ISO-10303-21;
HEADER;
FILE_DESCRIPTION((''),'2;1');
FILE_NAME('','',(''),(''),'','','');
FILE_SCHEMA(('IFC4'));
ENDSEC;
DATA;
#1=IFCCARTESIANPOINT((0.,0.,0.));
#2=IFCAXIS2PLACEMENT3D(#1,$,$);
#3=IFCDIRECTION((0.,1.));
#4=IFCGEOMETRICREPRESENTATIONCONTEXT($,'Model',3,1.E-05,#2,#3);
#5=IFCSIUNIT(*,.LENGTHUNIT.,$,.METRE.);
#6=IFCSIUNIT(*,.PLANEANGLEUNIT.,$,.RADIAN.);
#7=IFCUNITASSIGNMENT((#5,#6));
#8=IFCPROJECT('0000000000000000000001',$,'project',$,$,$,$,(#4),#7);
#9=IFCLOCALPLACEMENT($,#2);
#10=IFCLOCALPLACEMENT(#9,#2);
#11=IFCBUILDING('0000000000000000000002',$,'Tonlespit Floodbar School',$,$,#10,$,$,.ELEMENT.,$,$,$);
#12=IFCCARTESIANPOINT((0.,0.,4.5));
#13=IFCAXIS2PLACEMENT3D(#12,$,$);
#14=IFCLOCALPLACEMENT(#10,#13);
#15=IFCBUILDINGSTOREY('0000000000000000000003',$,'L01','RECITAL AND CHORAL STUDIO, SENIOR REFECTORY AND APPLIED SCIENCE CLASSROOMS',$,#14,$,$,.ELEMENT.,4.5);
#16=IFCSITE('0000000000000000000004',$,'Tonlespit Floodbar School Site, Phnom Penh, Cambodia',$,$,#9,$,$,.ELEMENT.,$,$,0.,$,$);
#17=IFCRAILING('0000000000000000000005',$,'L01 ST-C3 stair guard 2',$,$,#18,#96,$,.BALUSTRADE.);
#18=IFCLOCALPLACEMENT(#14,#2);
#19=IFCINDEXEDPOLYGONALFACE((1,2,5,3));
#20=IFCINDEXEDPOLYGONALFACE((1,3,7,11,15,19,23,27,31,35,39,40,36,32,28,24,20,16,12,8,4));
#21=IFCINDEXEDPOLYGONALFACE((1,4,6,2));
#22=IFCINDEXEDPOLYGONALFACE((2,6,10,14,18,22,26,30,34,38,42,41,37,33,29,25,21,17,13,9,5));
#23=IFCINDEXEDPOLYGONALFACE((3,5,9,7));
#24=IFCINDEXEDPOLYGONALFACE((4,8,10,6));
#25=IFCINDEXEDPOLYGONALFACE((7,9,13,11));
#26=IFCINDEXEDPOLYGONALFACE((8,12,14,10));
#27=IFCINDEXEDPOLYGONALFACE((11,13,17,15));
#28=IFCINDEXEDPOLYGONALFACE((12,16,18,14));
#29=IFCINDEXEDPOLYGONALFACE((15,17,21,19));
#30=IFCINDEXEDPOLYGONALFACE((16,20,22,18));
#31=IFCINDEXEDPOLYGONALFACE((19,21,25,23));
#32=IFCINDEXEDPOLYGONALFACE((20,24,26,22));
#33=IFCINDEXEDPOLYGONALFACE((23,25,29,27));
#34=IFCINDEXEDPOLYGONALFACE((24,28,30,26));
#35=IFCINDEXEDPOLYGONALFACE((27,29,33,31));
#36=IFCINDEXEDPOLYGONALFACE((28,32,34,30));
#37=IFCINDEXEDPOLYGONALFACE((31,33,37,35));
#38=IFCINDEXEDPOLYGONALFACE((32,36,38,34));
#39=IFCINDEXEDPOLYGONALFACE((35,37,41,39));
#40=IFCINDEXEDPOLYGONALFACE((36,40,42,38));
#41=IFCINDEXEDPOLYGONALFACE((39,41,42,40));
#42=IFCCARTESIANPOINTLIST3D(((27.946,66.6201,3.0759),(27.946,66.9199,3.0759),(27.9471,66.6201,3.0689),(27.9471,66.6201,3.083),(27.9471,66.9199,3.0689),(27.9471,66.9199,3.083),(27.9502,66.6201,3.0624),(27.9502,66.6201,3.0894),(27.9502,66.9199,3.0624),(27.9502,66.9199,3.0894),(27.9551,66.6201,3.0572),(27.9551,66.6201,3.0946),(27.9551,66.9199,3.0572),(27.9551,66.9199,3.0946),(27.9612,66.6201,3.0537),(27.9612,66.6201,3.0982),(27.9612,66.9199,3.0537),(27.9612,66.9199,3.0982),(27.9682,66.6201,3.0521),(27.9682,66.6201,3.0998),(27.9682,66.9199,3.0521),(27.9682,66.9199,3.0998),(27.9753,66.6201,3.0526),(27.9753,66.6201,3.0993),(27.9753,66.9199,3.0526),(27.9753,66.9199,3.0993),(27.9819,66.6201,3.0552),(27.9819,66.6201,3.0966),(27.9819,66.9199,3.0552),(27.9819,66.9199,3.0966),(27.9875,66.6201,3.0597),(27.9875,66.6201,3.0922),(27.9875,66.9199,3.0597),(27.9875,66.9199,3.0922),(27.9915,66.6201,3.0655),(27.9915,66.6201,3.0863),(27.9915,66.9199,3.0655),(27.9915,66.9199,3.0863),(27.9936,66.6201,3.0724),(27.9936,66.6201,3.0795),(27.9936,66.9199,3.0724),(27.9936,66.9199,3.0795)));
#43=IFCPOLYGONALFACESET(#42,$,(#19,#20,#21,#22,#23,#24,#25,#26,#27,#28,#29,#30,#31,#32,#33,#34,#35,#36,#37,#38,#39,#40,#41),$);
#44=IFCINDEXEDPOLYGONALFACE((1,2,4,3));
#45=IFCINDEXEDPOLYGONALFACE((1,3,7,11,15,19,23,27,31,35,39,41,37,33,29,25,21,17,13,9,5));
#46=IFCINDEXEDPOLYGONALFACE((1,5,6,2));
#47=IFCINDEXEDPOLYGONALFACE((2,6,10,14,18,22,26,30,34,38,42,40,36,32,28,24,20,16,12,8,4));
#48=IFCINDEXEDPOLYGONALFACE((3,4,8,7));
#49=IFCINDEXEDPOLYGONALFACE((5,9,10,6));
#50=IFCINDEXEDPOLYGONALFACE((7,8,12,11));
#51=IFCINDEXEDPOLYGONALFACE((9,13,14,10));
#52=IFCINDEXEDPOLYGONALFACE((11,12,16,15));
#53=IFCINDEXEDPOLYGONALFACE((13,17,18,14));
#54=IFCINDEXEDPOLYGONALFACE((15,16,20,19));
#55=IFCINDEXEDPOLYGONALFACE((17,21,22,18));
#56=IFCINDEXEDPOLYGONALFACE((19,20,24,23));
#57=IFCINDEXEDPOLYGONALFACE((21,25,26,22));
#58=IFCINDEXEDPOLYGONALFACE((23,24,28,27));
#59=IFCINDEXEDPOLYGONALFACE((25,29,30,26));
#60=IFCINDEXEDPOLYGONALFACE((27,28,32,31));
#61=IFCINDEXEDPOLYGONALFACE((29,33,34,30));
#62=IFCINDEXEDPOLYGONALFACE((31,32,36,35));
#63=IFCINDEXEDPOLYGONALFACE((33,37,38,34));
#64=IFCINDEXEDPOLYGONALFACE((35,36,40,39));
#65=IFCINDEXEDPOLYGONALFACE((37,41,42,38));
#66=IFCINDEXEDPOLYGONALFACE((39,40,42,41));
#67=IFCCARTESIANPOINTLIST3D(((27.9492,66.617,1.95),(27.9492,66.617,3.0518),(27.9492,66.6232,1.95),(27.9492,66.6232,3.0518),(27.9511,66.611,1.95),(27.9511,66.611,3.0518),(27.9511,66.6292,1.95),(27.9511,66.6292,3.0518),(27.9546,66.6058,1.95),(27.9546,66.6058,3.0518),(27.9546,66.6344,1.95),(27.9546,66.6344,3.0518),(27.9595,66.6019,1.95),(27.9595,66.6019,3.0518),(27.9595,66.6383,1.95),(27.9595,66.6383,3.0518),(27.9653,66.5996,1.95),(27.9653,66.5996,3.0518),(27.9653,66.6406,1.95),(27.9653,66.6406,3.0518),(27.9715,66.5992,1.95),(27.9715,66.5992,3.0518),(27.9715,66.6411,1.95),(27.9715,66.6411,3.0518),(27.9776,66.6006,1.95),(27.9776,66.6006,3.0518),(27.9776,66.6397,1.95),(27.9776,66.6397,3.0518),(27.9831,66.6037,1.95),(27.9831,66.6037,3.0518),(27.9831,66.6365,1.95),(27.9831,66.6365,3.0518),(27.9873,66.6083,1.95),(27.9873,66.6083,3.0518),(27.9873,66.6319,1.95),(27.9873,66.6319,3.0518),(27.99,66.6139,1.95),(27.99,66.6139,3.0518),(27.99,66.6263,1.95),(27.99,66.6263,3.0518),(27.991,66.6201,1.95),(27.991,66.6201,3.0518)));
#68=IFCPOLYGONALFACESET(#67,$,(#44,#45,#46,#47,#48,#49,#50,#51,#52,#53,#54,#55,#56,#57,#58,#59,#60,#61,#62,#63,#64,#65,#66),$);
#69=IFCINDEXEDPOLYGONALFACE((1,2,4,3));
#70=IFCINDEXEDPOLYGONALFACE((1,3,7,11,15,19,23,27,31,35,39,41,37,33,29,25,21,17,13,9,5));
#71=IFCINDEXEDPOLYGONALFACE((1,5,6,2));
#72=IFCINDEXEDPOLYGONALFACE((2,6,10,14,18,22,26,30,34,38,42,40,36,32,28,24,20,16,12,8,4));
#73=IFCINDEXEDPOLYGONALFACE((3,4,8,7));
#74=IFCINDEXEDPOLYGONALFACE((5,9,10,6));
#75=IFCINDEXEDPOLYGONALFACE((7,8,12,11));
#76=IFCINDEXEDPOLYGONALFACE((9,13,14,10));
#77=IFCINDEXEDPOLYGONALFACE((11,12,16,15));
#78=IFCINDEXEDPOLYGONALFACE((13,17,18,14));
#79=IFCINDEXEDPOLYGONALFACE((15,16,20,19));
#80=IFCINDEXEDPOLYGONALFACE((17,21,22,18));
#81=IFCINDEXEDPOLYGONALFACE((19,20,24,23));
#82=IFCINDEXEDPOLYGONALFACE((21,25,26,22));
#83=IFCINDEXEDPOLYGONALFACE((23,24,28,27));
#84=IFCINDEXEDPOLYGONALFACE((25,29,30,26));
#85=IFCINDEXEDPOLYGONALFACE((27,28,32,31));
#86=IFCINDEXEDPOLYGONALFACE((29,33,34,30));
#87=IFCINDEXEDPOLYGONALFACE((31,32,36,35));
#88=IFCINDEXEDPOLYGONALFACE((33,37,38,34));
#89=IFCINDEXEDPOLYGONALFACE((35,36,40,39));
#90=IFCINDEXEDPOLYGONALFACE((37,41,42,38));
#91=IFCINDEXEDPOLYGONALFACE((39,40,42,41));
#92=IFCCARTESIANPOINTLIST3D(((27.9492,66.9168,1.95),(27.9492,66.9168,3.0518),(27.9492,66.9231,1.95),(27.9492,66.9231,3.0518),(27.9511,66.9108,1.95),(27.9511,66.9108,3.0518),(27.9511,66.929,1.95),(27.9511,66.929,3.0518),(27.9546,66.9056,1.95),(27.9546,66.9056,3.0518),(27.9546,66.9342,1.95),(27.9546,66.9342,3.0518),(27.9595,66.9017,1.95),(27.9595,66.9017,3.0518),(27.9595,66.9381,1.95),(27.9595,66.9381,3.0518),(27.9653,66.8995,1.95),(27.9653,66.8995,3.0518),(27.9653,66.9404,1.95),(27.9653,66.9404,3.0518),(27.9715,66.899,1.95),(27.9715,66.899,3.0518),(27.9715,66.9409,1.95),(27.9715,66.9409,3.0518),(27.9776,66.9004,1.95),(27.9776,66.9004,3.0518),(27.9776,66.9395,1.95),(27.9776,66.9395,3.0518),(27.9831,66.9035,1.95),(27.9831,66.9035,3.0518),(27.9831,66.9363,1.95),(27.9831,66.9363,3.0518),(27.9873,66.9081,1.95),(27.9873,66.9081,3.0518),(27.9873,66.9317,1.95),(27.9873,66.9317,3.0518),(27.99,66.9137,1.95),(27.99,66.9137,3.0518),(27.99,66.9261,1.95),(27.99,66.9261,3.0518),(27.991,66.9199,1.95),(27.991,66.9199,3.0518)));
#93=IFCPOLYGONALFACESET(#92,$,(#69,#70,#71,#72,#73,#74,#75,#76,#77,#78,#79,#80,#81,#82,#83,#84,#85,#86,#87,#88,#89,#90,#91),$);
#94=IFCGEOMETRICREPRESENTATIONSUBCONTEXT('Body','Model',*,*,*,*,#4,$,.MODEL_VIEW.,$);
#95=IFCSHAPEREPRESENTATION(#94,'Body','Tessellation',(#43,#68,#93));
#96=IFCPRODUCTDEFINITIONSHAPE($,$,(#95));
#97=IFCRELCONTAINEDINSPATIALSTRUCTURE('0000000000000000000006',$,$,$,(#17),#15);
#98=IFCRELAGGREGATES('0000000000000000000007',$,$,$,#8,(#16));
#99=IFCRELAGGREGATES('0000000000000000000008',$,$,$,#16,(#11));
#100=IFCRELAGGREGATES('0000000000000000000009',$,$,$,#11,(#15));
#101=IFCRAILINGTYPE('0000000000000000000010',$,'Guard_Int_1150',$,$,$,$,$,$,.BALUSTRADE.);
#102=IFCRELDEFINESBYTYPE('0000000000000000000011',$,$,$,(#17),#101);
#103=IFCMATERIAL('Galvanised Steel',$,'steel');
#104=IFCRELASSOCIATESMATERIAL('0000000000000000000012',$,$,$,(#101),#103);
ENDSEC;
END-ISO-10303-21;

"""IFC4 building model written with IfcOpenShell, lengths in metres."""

from ifc_helpers import new_model, si_unit, direction, frame, origin, origin_2d, place, context, subcontext, project, spatial, circle, extrude, material, type_object, element, save


model = new_model("IFC4")

# Units and contexts
model_context = context("Model", 3, precision=1e-05, world=origin(), true_north=direction((0.0, 1.0)))
body_context = subcontext(model_context, "Body", "Model", "MODEL_VIEW")
ifc_project = project(units=[si_unit("LENGTHUNIT", "METRE"), si_unit("PLANEANGLEUNIT", "RADIAN")], contexts=[model_context])

# Site, building, storey
site_placement = place(None, origin())
site = spatial("IfcSite", under=ifc_project, at=site_placement, Name="Tonlespit Floodbar School Site, Phnom Penh, Cambodia", CompositionType="ELEMENT", RefElevation=0.0)
building_placement = place(site_placement, origin())
building = spatial("IfcBuilding", under=site, at=building_placement, Name="Tonlespit Floodbar School", CompositionType="ELEMENT")
storey_placement = place(building_placement, frame((0.0, 0.0, 4.5)))
storey = spatial("IfcBuildingStorey", under=building, at=storey_placement, Name="L01", Description="RECITAL AND CHORAL STUDIO, SENIOR REFECTORY AND APPLIED SCIENCE CLASSROOMS", CompositionType="ELEMENT", Elevation=4.5)

# Shared definitions
ifc_material_1 = material(Name="Galvanised Steel", Category="steel")

# Railing
railing_type_1 = type_object("IfcRailingType", Name="Guard_Int_1150", PredefinedType="BALUSTRADE", material=ifc_material_1)
railing_1_placement = place(storey_placement, frame((27.97, 66.6201, 1.95)))
element("IfcRailing", 1, at=railing_1_placement, inside=storey, type_object=railing_type_1, Name="L01 ST-C3 stair guard 2", PredefinedType="BALUSTRADE", context=body_context, shape_type="SweptSolid", body=[
    extrude(circle(Radius=0.0239, at=origin_2d()), frame((0.0, 0.0, 1.126), z_axis=(0.0, 1.0, 0.0), x_axis=(-1.0, 0.0, 0.0)), (0.0, 0.0, 1.0), 0.2998),
    extrude(circle(Radius=0.021, at=origin_2d()), origin(), (0.0, 0.0, 1.0), 1.1018),
    extrude(circle(Radius=0.021, at=origin_2d()), frame((0.0, 0.2998, 0.0)), (0.0, 0.0, 1.0), 1.1018),
])

save(model, "model.ifc")
